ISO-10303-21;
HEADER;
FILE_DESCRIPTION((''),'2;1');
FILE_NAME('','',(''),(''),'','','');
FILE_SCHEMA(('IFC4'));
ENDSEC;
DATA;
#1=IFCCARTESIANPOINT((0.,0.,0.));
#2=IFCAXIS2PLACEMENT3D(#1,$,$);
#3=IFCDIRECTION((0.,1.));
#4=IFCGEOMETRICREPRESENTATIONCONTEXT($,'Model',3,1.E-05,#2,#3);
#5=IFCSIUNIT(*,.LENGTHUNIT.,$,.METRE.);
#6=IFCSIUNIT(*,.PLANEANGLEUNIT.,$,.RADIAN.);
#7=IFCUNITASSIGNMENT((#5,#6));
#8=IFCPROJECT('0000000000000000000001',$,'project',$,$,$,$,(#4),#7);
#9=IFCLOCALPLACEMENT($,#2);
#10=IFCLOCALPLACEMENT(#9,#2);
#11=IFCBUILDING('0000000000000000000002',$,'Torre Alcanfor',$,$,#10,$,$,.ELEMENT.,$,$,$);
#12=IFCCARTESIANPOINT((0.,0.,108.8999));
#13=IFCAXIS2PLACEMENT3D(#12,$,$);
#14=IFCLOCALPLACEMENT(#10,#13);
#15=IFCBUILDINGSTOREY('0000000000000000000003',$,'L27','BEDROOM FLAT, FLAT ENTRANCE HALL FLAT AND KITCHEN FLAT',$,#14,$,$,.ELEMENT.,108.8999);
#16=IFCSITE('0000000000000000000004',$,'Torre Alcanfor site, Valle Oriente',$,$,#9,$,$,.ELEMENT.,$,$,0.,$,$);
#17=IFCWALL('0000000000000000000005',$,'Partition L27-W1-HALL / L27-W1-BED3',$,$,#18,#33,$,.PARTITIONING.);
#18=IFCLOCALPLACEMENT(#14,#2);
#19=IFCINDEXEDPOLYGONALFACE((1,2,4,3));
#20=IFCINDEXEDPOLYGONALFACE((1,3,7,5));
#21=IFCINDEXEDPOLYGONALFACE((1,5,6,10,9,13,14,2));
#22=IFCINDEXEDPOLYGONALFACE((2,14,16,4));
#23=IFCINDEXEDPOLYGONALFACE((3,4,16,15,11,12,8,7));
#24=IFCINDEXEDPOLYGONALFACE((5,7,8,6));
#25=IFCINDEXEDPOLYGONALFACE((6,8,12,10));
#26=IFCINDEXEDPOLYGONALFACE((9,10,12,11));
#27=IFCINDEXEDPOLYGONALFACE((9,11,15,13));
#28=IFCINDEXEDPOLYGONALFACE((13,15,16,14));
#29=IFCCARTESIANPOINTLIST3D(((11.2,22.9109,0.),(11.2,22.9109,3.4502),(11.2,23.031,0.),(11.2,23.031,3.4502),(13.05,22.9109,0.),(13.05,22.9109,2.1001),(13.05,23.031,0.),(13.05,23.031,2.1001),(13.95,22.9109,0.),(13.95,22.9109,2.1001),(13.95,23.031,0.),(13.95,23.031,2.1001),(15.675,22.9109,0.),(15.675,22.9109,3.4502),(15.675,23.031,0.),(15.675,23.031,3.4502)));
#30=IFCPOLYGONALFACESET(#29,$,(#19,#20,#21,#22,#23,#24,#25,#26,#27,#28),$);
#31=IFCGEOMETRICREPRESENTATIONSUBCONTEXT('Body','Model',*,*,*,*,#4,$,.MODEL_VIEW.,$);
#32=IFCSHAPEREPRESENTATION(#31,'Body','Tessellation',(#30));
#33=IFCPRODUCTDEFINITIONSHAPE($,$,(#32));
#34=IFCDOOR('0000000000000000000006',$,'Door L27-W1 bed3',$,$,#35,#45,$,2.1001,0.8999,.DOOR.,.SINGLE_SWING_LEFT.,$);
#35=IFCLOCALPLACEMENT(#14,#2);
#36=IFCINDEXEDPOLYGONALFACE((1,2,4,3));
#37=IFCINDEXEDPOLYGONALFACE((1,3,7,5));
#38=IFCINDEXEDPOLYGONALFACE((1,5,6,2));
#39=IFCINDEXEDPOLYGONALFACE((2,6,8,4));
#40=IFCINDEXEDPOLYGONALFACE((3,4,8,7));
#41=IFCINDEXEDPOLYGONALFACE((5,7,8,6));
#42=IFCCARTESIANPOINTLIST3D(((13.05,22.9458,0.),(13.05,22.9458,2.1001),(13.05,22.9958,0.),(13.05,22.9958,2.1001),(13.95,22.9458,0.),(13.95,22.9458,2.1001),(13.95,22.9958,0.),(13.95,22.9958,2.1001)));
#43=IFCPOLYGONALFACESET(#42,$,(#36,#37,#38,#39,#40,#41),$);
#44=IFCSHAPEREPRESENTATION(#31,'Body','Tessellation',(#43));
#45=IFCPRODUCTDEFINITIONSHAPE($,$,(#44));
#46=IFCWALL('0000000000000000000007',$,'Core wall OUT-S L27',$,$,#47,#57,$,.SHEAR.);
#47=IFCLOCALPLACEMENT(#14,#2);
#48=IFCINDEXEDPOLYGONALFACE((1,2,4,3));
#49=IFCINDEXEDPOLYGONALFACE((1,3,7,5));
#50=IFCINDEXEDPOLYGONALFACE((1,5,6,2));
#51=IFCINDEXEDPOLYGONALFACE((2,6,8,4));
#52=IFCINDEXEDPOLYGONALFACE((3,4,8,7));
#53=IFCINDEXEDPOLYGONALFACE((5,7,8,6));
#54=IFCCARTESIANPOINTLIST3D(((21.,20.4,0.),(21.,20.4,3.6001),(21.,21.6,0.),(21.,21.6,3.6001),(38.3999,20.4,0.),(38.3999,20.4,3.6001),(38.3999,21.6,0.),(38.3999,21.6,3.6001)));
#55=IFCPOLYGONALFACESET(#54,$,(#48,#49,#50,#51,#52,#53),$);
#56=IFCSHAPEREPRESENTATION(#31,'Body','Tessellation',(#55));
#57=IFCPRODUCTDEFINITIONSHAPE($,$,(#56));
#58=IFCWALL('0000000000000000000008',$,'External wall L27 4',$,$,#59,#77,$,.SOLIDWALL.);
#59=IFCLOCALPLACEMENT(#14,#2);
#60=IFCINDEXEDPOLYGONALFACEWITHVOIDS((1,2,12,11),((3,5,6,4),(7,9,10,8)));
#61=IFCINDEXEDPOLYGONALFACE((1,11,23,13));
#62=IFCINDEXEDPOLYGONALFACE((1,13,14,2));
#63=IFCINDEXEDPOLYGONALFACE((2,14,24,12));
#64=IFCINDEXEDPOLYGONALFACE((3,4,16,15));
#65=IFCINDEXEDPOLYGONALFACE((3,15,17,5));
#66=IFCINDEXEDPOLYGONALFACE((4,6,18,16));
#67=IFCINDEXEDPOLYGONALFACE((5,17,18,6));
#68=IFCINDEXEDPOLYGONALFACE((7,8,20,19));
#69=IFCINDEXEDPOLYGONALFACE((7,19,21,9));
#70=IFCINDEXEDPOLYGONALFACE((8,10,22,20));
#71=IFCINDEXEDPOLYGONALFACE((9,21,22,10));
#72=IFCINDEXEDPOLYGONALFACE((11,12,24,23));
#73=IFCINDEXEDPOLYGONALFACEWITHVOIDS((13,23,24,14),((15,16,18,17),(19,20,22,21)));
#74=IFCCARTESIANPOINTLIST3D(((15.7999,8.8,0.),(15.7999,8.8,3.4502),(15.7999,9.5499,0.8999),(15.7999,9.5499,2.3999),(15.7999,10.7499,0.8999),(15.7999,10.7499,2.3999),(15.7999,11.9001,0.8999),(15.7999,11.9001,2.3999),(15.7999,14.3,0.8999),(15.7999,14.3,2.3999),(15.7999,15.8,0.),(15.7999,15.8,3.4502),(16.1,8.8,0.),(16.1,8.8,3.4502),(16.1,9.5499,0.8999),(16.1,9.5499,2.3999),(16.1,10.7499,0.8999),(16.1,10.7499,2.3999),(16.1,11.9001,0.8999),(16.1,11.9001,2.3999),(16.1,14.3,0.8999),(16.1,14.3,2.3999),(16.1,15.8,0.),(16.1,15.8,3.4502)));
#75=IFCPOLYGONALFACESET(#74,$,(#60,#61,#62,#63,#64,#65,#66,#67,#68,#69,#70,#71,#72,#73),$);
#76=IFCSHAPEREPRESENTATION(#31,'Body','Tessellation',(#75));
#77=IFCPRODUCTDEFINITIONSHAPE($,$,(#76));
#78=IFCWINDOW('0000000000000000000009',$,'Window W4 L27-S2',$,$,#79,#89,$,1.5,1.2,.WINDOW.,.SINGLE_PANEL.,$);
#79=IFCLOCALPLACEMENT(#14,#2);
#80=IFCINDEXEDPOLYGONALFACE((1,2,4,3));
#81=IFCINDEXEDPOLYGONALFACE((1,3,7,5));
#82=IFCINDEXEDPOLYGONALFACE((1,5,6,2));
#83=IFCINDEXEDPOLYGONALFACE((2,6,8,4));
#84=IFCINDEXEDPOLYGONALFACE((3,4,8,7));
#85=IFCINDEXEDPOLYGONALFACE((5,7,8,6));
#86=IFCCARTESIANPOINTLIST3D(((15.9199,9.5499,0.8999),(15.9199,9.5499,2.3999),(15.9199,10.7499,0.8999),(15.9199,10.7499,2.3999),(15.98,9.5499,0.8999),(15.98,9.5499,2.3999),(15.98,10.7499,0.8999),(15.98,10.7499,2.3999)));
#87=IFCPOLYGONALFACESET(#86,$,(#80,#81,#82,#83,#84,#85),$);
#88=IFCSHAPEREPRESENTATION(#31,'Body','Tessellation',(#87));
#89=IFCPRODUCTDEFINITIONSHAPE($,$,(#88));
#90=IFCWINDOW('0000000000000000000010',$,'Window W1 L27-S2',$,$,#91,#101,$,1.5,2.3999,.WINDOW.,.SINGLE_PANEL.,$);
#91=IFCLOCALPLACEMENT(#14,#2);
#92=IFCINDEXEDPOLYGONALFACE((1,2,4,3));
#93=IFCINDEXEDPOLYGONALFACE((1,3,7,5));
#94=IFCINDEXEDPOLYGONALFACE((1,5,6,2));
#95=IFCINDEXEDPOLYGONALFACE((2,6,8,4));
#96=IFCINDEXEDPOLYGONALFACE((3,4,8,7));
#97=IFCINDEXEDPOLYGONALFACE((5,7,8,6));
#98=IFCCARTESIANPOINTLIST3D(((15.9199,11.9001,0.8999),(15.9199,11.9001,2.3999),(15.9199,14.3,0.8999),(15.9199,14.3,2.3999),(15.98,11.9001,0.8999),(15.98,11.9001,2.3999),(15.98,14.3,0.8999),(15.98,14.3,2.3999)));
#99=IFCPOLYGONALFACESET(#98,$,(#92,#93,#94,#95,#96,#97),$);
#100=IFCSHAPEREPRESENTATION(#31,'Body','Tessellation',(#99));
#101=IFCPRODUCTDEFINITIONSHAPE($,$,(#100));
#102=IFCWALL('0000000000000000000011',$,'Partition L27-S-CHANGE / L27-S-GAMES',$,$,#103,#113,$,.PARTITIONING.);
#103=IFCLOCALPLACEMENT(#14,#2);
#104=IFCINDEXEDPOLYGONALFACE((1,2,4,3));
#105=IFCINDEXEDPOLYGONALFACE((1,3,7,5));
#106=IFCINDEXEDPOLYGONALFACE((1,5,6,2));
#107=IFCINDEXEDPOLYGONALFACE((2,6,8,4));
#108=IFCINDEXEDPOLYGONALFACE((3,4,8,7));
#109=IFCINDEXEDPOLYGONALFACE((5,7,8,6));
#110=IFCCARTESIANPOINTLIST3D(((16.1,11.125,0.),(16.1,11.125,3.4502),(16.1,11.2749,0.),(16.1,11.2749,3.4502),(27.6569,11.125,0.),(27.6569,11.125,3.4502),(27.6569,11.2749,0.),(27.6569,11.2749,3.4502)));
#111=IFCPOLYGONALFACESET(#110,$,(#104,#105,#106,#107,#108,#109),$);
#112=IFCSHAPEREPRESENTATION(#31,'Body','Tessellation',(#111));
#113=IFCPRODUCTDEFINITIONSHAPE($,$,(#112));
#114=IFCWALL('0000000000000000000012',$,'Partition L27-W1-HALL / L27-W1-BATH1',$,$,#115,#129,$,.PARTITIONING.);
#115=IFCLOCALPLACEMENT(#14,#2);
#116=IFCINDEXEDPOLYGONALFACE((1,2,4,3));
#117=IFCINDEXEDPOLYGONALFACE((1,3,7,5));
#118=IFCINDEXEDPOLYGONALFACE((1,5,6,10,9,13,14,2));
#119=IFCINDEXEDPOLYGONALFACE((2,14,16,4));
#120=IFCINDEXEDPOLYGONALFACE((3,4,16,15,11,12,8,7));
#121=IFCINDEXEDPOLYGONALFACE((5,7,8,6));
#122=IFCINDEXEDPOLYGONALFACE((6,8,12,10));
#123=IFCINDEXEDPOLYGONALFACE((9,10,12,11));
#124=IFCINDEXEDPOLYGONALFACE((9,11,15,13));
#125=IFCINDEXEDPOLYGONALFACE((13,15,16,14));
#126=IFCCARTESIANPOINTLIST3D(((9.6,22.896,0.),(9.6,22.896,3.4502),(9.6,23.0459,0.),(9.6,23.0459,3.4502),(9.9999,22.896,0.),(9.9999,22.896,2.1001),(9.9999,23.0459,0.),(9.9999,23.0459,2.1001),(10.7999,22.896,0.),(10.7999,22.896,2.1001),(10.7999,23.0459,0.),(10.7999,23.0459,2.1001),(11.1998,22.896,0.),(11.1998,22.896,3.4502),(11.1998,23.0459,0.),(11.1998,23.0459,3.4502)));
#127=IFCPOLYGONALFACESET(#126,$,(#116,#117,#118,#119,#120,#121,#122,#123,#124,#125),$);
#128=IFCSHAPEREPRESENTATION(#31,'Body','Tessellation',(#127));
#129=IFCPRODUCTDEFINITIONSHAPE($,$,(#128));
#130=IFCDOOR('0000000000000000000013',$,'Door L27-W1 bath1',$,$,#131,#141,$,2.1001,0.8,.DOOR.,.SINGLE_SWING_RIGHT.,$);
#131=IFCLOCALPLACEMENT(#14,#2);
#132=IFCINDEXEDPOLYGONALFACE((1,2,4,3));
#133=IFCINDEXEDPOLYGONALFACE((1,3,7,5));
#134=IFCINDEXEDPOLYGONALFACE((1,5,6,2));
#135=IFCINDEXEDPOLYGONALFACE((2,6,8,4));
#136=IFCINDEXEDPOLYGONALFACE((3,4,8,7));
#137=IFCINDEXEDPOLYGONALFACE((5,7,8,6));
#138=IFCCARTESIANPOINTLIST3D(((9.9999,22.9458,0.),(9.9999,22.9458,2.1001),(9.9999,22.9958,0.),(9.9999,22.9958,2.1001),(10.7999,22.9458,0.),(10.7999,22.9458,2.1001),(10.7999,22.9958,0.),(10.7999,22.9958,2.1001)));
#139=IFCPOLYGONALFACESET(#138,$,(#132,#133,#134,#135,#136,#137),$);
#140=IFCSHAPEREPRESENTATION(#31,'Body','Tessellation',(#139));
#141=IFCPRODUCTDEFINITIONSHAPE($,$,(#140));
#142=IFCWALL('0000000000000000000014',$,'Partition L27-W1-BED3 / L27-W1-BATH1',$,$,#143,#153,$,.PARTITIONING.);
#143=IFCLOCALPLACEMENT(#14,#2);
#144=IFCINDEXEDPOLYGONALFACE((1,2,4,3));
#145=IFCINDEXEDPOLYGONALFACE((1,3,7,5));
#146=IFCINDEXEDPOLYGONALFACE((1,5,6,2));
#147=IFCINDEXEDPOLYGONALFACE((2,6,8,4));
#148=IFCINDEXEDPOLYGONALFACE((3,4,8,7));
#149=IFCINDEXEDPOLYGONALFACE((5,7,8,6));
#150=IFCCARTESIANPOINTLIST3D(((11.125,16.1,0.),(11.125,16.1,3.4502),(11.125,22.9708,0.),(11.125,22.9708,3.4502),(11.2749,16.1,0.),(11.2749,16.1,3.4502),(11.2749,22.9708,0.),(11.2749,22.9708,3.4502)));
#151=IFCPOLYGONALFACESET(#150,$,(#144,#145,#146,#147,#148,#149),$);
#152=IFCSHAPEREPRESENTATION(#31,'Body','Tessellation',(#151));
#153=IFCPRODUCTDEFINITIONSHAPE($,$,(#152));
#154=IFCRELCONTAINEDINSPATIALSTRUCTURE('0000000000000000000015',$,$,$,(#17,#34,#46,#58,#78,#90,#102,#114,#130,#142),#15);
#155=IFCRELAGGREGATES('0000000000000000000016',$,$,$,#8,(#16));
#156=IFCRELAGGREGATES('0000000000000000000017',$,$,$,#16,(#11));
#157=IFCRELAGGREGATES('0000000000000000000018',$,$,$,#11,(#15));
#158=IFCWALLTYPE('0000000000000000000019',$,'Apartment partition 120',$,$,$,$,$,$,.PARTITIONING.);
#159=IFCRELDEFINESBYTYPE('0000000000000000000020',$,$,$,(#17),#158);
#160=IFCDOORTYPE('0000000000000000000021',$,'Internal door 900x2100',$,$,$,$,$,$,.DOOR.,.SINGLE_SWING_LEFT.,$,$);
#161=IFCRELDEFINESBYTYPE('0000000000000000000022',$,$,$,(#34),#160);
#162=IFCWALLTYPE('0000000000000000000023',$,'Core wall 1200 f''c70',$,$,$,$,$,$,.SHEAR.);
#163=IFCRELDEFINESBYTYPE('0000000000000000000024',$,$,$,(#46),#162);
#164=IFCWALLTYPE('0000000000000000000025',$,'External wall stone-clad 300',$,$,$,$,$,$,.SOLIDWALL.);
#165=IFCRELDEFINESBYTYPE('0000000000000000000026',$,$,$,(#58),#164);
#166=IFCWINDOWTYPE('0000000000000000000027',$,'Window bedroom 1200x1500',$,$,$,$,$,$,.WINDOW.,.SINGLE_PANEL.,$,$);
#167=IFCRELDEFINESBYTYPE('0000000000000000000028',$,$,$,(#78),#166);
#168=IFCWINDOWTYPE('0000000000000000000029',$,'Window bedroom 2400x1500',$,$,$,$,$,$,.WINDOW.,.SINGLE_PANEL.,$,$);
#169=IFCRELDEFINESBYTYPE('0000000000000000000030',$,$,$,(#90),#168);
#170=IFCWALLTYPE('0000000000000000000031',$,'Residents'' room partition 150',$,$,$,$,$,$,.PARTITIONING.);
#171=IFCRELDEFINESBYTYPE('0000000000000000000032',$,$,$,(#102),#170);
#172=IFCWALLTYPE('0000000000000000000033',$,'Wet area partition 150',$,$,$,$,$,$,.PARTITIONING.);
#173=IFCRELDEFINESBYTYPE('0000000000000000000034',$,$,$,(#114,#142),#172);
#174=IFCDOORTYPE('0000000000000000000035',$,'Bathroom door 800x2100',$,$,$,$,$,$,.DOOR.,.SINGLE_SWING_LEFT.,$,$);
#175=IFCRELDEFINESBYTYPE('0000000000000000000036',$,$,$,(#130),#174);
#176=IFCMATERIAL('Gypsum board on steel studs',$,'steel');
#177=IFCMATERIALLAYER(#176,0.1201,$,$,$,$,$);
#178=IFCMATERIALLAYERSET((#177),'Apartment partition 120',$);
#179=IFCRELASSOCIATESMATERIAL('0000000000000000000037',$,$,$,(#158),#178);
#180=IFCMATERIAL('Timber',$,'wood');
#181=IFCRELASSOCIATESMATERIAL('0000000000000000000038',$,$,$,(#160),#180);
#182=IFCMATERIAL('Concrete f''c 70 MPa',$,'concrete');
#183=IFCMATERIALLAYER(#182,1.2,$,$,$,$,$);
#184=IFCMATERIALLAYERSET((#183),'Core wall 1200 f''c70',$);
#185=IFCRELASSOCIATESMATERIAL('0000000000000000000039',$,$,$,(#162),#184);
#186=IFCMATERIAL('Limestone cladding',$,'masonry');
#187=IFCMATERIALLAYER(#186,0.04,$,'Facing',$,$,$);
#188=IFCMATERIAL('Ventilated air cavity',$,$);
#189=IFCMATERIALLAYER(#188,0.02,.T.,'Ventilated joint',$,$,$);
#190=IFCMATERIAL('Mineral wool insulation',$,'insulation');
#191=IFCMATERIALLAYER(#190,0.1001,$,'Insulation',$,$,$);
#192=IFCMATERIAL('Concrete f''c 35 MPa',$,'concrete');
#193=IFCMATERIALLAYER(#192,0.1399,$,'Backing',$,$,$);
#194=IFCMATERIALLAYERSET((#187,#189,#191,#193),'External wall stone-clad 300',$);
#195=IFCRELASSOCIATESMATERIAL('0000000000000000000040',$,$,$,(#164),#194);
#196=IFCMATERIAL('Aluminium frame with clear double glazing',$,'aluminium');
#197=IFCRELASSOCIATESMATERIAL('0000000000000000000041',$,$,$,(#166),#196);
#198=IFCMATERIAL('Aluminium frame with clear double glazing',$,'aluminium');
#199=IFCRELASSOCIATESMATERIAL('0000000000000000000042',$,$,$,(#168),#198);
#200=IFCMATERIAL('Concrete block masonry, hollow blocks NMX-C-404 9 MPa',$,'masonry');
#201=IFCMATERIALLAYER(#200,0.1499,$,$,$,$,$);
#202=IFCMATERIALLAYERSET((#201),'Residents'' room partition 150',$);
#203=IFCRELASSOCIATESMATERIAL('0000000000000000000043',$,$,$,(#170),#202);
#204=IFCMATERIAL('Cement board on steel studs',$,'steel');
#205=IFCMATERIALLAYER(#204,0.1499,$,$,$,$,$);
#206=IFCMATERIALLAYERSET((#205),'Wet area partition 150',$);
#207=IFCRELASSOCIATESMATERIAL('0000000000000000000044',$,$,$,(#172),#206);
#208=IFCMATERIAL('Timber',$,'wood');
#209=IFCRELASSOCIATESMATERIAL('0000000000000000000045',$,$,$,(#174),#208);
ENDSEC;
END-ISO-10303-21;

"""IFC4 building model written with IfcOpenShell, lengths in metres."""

from ifc_helpers import new_model, si_unit, direction, frame, frame_2d, origin, place, context, subcontext, project, spatial, rectangle, extrude, material, layer, layer_set, type_object, element, fill, save


model = new_model("IFC4")

# Units and contexts
model_context = context("Model", 3, precision=1e-05, world=origin(), true_north=direction((0.0, 1.0)))
body_context = subcontext(model_context, "Body", "Model", "MODEL_VIEW")
ifc_project = project(units=[si_unit("LENGTHUNIT", "METRE"), si_unit("PLANEANGLEUNIT", "RADIAN")], contexts=[model_context])

# Site, building, storey
site_placement = place(None, origin())
site = spatial("IfcSite", under=ifc_project, at=site_placement, Name="Torre Alcanfor site, Valle Oriente", CompositionType="ELEMENT", RefElevation=0.0)
building_placement = place(site_placement, origin())
building = spatial("IfcBuilding", under=site, at=building_placement, Name="Torre Alcanfor", CompositionType="ELEMENT")
storey_placement = place(building_placement, frame((0.0, 0.0, 108.8999)))
storey = spatial("IfcBuildingStorey", under=building, at=storey_placement, Name="L27", Description="BEDROOM FLAT, FLAT ENTRANCE HALL FLAT AND KITCHEN FLAT", CompositionType="ELEMENT", Elevation=108.8999)

# Wall, opening, door
ifc_material_1 = material(Name="Gypsum board on steel studs", Category="steel")
ifc_layer_1 = layer(ifc_material_1, 0.1201)
ifc_layer_set_1 = layer_set([ifc_layer_1], Name="Apartment partition 120")
wall_type_1 = type_object("IfcWallType", Name="Apartment partition 120", PredefinedType="PARTITIONING", material=ifc_layer_set_1)
wall_1_placement = place(storey_placement, frame((11.2, 22.9709, 0.0), z_axis=(0.0, 0.0, 1.0), x_axis=(1.0, 0.0, 0.0)))
wall_1 = element("IfcWall", 1, at=wall_1_placement, inside=storey, type_object=wall_type_1, Name="Partition L27-W1-HALL / L27-W1-BED3", PredefinedType="PARTITIONING", context=body_context, shape_type="SweptSolid", body=[
    extrude(rectangle(XDim=4.4751, YDim=0.1201, at=frame_2d((2.2375, 0.0))), origin(), (0.0, 0.0, 1.0), 3.4502),
])
opening_1_placement = place(wall_1_placement, frame((1.8501, 0.0, 0.0)))
opening_1 = element("IfcOpeningElement", 2, at=opening_1_placement, cuts=wall_1, PredefinedType="OPENING", context=body_context, shape_type="SweptSolid", body=[
    extrude(rectangle(XDim=0.8999, YDim=2.1001, at=frame_2d((0.45, 1.05))), frame((0.0, 0.0701, 0.0), z_axis=(0.0, -1.0, 0.0), x_axis=(1.0, 0.0, 0.0)), (0.0, 0.0, 1.0), 0.1401),
])
ifc_material_2 = material(Name="Timber", Category="wood")
door_type_1 = type_object("IfcDoorType", Name="Internal door 900x2100", OperationType="SINGLE_SWING_LEFT", PredefinedType="DOOR", material=ifc_material_2)
door_1_placement = place(opening_1_placement, frame((0.8999, 0.0, 0.0), z_axis=(0.0, 0.0, 1.0), x_axis=(-1.0, 0.0, 0.0)))
door_1 = element("IfcDoor", 3, at=door_1_placement, inside=storey, type_object=door_type_1, Name="Door L27-W1 bed3", OperationType="SINGLE_SWING_LEFT", OverallHeight=2.1001, OverallWidth=0.8999, PredefinedType="DOOR", context=body_context, shape_type="SweptSolid", body=[
    extrude(rectangle(XDim=0.8999, YDim=2.1001, at=frame_2d((0.45, 1.05))), frame((0.0, 0.0251, 0.0), z_axis=(0.0, -1.0, 0.0), x_axis=(1.0, 0.0, 0.0)), (0.0, 0.0, 1.0), 0.05),
])
fill(opening_1, door_1)

# Wall
ifc_material_3 = material(Name="Concrete f'c 70 MPa", Category="concrete")
ifc_layer_2 = layer(ifc_material_3, 1.2)
ifc_layer_set_2 = layer_set([ifc_layer_2], Name="Core wall 1200 f'c70")
wall_type_2 = type_object("IfcWallType", Name="Core wall 1200 f'c70", PredefinedType="SHEAR", material=ifc_layer_set_2)
wall_2_placement = place(storey_placement, frame((21.0, 21.0, 0.0), z_axis=(0.0, 0.0, 1.0), x_axis=(1.0, 0.0, 0.0)))
element("IfcWall", 4, at=wall_2_placement, inside=storey, type_object=wall_type_2, Name="Core wall OUT-S L27", PredefinedType="SHEAR", context=body_context, shape_type="SweptSolid", body=[
    extrude(rectangle(XDim=17.3999, YDim=1.2, at=frame_2d((8.7, 0.0))), origin(), (0.0, 0.0, 1.0), 3.6001),
])

# Wall, openings, windows
ifc_material_4 = material(Name="Limestone cladding", Category="masonry")
ifc_layer_3 = layer(ifc_material_4, 0.04, Name="Facing")
ifc_material_5 = material(Name="Ventilated air cavity")
ifc_layer_4 = layer(ifc_material_5, 0.02, ventilated=True, Name="Ventilated joint")
ifc_material_6 = material(Name="Mineral wool insulation", Category="insulation")
ifc_layer_5 = layer(ifc_material_6, 0.1001, Name="Insulation")
ifc_material_7 = material(Name="Concrete f'c 35 MPa", Category="concrete")
ifc_layer_6 = layer(ifc_material_7, 0.1399, Name="Backing")
ifc_layer_set_3 = layer_set([ifc_layer_3, ifc_layer_4, ifc_layer_5, ifc_layer_6], Name="External wall stone-clad 300")
wall_type_3 = type_object("IfcWallType", Name="External wall stone-clad 300", PredefinedType="SOLIDWALL", material=ifc_layer_set_3)
wall_3_placement = place(storey_placement, frame((15.95, 15.8, 0.0), z_axis=(0.0, 0.0, 1.0), x_axis=(0.0, -1.0, 0.0)))
wall_3 = element("IfcWall", 5, at=wall_3_placement, inside=storey, type_object=wall_type_3, Name="External wall L27 4", PredefinedType="SOLIDWALL", context=body_context, shape_type="SweptSolid", body=[
    extrude(rectangle(XDim=7.0, YDim=0.3, at=frame_2d((3.5, 0.0))), origin(), (0.0, 0.0, 1.0), 3.4502),
])
opening_2_placement = place(wall_3_placement, frame((1.5, 0.0, 0.8999)))
opening_2 = element("IfcOpeningElement", 6, at=opening_2_placement, cuts=wall_3, PredefinedType="OPENING", context=body_context, shape_type="SweptSolid", body=[
    extrude(rectangle(XDim=2.3999, YDim=1.5, at=frame_2d((1.2, 0.75))), frame((0.0, 0.1599, 0.0), z_axis=(0.0, -1.0, 0.0), x_axis=(1.0, 0.0, 0.0)), (0.0, 0.0, 1.0), 0.3201),
])
opening_3_placement = place(wall_3_placement, frame((5.05, 0.0, 0.8999)))
opening_3 = element("IfcOpeningElement", 7, at=opening_3_placement, cuts=wall_3, PredefinedType="OPENING", context=body_context, shape_type="SweptSolid", body=[
    extrude(rectangle(XDim=1.2, YDim=1.5, at=frame_2d((0.6001, 0.75))), frame((0.0, 0.1599, 0.0), z_axis=(0.0, -1.0, 0.0), x_axis=(1.0, 0.0, 0.0)), (0.0, 0.0, 1.0), 0.3201),
])
ifc_material_8 = material(Name="Aluminium frame with clear double glazing", Category="aluminium")
window_type_1 = type_object("IfcWindowType", Name="Window bedroom 1200x1500", PartitioningType="SINGLE_PANEL", PredefinedType="WINDOW", material=ifc_material_8)
window_1_placement = place(opening_3_placement, origin())
window_1 = element("IfcWindow", 8, at=window_1_placement, inside=storey, type_object=window_type_1, Name="Window W4 L27-S2", OverallHeight=1.5, OverallWidth=1.2, PartitioningType="SINGLE_PANEL", PredefinedType="WINDOW", context=body_context, shape_type="SweptSolid", body=[
    extrude(rectangle(XDim=1.2, YDim=1.5, at=frame_2d((0.6001, 0.75))), frame((0.0, 0.03, 0.0), z_axis=(0.0, -1.0, 0.0), x_axis=(1.0, 0.0, 0.0)), (0.0, 0.0, 1.0), 0.0601),
])
fill(opening_3, window_1)
ifc_material_9 = material(Name="Aluminium frame with clear double glazing", Category="aluminium")
window_type_2 = type_object("IfcWindowType", Name="Window bedroom 2400x1500", PartitioningType="SINGLE_PANEL", PredefinedType="WINDOW", material=ifc_material_9)
window_2_placement = place(opening_2_placement, origin())
window_2 = element("IfcWindow", 9, at=window_2_placement, inside=storey, type_object=window_type_2, Name="Window W1 L27-S2", OverallHeight=1.5, OverallWidth=2.3999, PartitioningType="SINGLE_PANEL", PredefinedType="WINDOW", context=body_context, shape_type="SweptSolid", body=[
    extrude(rectangle(XDim=2.3999, YDim=1.5, at=frame_2d((1.2, 0.75))), frame((0.0, 0.03, 0.0), z_axis=(0.0, -1.0, 0.0), x_axis=(1.0, 0.0, 0.0)), (0.0, 0.0, 1.0), 0.0601),
])
fill(opening_2, window_2)

# Wall
ifc_material_10 = material(Name="Concrete block masonry, hollow blocks NMX-C-404 9 MPa", Category="masonry")
ifc_layer_7 = layer(ifc_material_10, 0.1499)
ifc_layer_set_4 = layer_set([ifc_layer_7], Name="Residents' room partition 150")
wall_type_4 = type_object("IfcWallType", Name="Residents' room partition 150", PredefinedType="PARTITIONING", material=ifc_layer_set_4)
wall_4_placement = place(storey_placement, frame((16.1001, 11.2, 0.0), z_axis=(0.0, 0.0, 1.0), x_axis=(1.0, 0.0, 0.0)))
element("IfcWall", 10, at=wall_4_placement, inside=storey, type_object=wall_type_4, Name="Partition L27-S-CHANGE / L27-S-GAMES", PredefinedType="PARTITIONING", context=body_context, shape_type="SweptSolid", body=[
    extrude(rectangle(XDim=11.5569, YDim=0.1499, at=frame_2d((5.7783, 0.0))), origin(), (0.0, 0.0, 1.0), 3.4502),
])

# Wall, opening, door
ifc_material_11 = material(Name="Cement board on steel studs", Category="steel")
ifc_layer_8 = layer(ifc_material_11, 0.1499)
ifc_layer_set_5 = layer_set([ifc_layer_8], Name="Wet area partition 150")
wall_type_5 = type_object("IfcWallType", Name="Wet area partition 150", PredefinedType="PARTITIONING", material=ifc_layer_set_5)
wall_5_placement = place(storey_placement, frame((9.6001, 22.9709, 0.0), z_axis=(0.0, 0.0, 1.0), x_axis=(1.0, 0.0, 0.0)))
wall_5 = element("IfcWall", 11, at=wall_5_placement, inside=storey, type_object=wall_type_5, Name="Partition L27-W1-HALL / L27-W1-BATH1", PredefinedType="PARTITIONING", context=body_context, shape_type="SweptSolid", body=[
    extrude(rectangle(XDim=1.5999, YDim=0.1499, at=frame_2d((0.7998, 0.0))), origin(), (0.0, 0.0, 1.0), 3.4502),
])
opening_4_placement = place(wall_5_placement, frame((0.3999, 0.0, 0.0)))
opening_4 = element("IfcOpeningElement", 12, at=opening_4_placement, cuts=wall_5, PredefinedType="OPENING", context=body_context, shape_type="SweptSolid", body=[
    extrude(rectangle(XDim=0.8, YDim=2.1001, at=frame_2d((0.3999, 1.05))), frame((0.0, 0.085, 0.0), z_axis=(0.0, -1.0, 0.0), x_axis=(1.0, 0.0, 0.0)), (0.0, 0.0, 1.0), 0.1699),
])
ifc_material_12 = material(Name="Timber", Category="wood")
door_type_2 = type_object("IfcDoorType", Name="Bathroom door 800x2100", OperationType="SINGLE_SWING_LEFT", PredefinedType="DOOR", material=ifc_material_12)
door_2_placement = place(opening_4_placement, frame((0.8, 0.0, 0.0), z_axis=(0.0, 0.0, 1.0), x_axis=(-1.0, 0.0, 0.0)))
door_2 = element("IfcDoor", 13, at=door_2_placement, inside=storey, type_object=door_type_2, Name="Door L27-W1 bath1", OperationType="SINGLE_SWING_RIGHT", OverallHeight=2.1001, OverallWidth=0.8, PredefinedType="DOOR", context=body_context, shape_type="SweptSolid", body=[
    extrude(rectangle(XDim=0.8, YDim=2.1001, at=frame_2d((0.4001, 1.05))), frame((0.0, 0.0251, 0.0), z_axis=(0.0, -1.0, 0.0), x_axis=(1.0, 0.0, 0.0)), (0.0, 0.0, 1.0), 0.05),
])
fill(opening_4, door_2)

# Wall
for number, where, z_axis, x_axis, name in (
    (14, (11.2, 22.9709, 0.0), (0.0, 0.0, 1.0), (0.0, -1.0, 0.0), "Partition L27-W1-BED3 / L27-W1-BATH1"),
):
    element("IfcWall", number, at=place(storey_placement, frame(where, z_axis=z_axis, x_axis=x_axis)), inside=storey, type_object=wall_type_5, Name=name, PredefinedType="PARTITIONING", context=body_context, shape_type="SweptSolid", body=[
        extrude(rectangle(XDim=6.8708, YDim=0.1499, at=frame_2d((3.4355, 0.0))), origin(), (0.0, 0.0, 1.0), 3.4502),
    ])

save(model, "model.ifc")
